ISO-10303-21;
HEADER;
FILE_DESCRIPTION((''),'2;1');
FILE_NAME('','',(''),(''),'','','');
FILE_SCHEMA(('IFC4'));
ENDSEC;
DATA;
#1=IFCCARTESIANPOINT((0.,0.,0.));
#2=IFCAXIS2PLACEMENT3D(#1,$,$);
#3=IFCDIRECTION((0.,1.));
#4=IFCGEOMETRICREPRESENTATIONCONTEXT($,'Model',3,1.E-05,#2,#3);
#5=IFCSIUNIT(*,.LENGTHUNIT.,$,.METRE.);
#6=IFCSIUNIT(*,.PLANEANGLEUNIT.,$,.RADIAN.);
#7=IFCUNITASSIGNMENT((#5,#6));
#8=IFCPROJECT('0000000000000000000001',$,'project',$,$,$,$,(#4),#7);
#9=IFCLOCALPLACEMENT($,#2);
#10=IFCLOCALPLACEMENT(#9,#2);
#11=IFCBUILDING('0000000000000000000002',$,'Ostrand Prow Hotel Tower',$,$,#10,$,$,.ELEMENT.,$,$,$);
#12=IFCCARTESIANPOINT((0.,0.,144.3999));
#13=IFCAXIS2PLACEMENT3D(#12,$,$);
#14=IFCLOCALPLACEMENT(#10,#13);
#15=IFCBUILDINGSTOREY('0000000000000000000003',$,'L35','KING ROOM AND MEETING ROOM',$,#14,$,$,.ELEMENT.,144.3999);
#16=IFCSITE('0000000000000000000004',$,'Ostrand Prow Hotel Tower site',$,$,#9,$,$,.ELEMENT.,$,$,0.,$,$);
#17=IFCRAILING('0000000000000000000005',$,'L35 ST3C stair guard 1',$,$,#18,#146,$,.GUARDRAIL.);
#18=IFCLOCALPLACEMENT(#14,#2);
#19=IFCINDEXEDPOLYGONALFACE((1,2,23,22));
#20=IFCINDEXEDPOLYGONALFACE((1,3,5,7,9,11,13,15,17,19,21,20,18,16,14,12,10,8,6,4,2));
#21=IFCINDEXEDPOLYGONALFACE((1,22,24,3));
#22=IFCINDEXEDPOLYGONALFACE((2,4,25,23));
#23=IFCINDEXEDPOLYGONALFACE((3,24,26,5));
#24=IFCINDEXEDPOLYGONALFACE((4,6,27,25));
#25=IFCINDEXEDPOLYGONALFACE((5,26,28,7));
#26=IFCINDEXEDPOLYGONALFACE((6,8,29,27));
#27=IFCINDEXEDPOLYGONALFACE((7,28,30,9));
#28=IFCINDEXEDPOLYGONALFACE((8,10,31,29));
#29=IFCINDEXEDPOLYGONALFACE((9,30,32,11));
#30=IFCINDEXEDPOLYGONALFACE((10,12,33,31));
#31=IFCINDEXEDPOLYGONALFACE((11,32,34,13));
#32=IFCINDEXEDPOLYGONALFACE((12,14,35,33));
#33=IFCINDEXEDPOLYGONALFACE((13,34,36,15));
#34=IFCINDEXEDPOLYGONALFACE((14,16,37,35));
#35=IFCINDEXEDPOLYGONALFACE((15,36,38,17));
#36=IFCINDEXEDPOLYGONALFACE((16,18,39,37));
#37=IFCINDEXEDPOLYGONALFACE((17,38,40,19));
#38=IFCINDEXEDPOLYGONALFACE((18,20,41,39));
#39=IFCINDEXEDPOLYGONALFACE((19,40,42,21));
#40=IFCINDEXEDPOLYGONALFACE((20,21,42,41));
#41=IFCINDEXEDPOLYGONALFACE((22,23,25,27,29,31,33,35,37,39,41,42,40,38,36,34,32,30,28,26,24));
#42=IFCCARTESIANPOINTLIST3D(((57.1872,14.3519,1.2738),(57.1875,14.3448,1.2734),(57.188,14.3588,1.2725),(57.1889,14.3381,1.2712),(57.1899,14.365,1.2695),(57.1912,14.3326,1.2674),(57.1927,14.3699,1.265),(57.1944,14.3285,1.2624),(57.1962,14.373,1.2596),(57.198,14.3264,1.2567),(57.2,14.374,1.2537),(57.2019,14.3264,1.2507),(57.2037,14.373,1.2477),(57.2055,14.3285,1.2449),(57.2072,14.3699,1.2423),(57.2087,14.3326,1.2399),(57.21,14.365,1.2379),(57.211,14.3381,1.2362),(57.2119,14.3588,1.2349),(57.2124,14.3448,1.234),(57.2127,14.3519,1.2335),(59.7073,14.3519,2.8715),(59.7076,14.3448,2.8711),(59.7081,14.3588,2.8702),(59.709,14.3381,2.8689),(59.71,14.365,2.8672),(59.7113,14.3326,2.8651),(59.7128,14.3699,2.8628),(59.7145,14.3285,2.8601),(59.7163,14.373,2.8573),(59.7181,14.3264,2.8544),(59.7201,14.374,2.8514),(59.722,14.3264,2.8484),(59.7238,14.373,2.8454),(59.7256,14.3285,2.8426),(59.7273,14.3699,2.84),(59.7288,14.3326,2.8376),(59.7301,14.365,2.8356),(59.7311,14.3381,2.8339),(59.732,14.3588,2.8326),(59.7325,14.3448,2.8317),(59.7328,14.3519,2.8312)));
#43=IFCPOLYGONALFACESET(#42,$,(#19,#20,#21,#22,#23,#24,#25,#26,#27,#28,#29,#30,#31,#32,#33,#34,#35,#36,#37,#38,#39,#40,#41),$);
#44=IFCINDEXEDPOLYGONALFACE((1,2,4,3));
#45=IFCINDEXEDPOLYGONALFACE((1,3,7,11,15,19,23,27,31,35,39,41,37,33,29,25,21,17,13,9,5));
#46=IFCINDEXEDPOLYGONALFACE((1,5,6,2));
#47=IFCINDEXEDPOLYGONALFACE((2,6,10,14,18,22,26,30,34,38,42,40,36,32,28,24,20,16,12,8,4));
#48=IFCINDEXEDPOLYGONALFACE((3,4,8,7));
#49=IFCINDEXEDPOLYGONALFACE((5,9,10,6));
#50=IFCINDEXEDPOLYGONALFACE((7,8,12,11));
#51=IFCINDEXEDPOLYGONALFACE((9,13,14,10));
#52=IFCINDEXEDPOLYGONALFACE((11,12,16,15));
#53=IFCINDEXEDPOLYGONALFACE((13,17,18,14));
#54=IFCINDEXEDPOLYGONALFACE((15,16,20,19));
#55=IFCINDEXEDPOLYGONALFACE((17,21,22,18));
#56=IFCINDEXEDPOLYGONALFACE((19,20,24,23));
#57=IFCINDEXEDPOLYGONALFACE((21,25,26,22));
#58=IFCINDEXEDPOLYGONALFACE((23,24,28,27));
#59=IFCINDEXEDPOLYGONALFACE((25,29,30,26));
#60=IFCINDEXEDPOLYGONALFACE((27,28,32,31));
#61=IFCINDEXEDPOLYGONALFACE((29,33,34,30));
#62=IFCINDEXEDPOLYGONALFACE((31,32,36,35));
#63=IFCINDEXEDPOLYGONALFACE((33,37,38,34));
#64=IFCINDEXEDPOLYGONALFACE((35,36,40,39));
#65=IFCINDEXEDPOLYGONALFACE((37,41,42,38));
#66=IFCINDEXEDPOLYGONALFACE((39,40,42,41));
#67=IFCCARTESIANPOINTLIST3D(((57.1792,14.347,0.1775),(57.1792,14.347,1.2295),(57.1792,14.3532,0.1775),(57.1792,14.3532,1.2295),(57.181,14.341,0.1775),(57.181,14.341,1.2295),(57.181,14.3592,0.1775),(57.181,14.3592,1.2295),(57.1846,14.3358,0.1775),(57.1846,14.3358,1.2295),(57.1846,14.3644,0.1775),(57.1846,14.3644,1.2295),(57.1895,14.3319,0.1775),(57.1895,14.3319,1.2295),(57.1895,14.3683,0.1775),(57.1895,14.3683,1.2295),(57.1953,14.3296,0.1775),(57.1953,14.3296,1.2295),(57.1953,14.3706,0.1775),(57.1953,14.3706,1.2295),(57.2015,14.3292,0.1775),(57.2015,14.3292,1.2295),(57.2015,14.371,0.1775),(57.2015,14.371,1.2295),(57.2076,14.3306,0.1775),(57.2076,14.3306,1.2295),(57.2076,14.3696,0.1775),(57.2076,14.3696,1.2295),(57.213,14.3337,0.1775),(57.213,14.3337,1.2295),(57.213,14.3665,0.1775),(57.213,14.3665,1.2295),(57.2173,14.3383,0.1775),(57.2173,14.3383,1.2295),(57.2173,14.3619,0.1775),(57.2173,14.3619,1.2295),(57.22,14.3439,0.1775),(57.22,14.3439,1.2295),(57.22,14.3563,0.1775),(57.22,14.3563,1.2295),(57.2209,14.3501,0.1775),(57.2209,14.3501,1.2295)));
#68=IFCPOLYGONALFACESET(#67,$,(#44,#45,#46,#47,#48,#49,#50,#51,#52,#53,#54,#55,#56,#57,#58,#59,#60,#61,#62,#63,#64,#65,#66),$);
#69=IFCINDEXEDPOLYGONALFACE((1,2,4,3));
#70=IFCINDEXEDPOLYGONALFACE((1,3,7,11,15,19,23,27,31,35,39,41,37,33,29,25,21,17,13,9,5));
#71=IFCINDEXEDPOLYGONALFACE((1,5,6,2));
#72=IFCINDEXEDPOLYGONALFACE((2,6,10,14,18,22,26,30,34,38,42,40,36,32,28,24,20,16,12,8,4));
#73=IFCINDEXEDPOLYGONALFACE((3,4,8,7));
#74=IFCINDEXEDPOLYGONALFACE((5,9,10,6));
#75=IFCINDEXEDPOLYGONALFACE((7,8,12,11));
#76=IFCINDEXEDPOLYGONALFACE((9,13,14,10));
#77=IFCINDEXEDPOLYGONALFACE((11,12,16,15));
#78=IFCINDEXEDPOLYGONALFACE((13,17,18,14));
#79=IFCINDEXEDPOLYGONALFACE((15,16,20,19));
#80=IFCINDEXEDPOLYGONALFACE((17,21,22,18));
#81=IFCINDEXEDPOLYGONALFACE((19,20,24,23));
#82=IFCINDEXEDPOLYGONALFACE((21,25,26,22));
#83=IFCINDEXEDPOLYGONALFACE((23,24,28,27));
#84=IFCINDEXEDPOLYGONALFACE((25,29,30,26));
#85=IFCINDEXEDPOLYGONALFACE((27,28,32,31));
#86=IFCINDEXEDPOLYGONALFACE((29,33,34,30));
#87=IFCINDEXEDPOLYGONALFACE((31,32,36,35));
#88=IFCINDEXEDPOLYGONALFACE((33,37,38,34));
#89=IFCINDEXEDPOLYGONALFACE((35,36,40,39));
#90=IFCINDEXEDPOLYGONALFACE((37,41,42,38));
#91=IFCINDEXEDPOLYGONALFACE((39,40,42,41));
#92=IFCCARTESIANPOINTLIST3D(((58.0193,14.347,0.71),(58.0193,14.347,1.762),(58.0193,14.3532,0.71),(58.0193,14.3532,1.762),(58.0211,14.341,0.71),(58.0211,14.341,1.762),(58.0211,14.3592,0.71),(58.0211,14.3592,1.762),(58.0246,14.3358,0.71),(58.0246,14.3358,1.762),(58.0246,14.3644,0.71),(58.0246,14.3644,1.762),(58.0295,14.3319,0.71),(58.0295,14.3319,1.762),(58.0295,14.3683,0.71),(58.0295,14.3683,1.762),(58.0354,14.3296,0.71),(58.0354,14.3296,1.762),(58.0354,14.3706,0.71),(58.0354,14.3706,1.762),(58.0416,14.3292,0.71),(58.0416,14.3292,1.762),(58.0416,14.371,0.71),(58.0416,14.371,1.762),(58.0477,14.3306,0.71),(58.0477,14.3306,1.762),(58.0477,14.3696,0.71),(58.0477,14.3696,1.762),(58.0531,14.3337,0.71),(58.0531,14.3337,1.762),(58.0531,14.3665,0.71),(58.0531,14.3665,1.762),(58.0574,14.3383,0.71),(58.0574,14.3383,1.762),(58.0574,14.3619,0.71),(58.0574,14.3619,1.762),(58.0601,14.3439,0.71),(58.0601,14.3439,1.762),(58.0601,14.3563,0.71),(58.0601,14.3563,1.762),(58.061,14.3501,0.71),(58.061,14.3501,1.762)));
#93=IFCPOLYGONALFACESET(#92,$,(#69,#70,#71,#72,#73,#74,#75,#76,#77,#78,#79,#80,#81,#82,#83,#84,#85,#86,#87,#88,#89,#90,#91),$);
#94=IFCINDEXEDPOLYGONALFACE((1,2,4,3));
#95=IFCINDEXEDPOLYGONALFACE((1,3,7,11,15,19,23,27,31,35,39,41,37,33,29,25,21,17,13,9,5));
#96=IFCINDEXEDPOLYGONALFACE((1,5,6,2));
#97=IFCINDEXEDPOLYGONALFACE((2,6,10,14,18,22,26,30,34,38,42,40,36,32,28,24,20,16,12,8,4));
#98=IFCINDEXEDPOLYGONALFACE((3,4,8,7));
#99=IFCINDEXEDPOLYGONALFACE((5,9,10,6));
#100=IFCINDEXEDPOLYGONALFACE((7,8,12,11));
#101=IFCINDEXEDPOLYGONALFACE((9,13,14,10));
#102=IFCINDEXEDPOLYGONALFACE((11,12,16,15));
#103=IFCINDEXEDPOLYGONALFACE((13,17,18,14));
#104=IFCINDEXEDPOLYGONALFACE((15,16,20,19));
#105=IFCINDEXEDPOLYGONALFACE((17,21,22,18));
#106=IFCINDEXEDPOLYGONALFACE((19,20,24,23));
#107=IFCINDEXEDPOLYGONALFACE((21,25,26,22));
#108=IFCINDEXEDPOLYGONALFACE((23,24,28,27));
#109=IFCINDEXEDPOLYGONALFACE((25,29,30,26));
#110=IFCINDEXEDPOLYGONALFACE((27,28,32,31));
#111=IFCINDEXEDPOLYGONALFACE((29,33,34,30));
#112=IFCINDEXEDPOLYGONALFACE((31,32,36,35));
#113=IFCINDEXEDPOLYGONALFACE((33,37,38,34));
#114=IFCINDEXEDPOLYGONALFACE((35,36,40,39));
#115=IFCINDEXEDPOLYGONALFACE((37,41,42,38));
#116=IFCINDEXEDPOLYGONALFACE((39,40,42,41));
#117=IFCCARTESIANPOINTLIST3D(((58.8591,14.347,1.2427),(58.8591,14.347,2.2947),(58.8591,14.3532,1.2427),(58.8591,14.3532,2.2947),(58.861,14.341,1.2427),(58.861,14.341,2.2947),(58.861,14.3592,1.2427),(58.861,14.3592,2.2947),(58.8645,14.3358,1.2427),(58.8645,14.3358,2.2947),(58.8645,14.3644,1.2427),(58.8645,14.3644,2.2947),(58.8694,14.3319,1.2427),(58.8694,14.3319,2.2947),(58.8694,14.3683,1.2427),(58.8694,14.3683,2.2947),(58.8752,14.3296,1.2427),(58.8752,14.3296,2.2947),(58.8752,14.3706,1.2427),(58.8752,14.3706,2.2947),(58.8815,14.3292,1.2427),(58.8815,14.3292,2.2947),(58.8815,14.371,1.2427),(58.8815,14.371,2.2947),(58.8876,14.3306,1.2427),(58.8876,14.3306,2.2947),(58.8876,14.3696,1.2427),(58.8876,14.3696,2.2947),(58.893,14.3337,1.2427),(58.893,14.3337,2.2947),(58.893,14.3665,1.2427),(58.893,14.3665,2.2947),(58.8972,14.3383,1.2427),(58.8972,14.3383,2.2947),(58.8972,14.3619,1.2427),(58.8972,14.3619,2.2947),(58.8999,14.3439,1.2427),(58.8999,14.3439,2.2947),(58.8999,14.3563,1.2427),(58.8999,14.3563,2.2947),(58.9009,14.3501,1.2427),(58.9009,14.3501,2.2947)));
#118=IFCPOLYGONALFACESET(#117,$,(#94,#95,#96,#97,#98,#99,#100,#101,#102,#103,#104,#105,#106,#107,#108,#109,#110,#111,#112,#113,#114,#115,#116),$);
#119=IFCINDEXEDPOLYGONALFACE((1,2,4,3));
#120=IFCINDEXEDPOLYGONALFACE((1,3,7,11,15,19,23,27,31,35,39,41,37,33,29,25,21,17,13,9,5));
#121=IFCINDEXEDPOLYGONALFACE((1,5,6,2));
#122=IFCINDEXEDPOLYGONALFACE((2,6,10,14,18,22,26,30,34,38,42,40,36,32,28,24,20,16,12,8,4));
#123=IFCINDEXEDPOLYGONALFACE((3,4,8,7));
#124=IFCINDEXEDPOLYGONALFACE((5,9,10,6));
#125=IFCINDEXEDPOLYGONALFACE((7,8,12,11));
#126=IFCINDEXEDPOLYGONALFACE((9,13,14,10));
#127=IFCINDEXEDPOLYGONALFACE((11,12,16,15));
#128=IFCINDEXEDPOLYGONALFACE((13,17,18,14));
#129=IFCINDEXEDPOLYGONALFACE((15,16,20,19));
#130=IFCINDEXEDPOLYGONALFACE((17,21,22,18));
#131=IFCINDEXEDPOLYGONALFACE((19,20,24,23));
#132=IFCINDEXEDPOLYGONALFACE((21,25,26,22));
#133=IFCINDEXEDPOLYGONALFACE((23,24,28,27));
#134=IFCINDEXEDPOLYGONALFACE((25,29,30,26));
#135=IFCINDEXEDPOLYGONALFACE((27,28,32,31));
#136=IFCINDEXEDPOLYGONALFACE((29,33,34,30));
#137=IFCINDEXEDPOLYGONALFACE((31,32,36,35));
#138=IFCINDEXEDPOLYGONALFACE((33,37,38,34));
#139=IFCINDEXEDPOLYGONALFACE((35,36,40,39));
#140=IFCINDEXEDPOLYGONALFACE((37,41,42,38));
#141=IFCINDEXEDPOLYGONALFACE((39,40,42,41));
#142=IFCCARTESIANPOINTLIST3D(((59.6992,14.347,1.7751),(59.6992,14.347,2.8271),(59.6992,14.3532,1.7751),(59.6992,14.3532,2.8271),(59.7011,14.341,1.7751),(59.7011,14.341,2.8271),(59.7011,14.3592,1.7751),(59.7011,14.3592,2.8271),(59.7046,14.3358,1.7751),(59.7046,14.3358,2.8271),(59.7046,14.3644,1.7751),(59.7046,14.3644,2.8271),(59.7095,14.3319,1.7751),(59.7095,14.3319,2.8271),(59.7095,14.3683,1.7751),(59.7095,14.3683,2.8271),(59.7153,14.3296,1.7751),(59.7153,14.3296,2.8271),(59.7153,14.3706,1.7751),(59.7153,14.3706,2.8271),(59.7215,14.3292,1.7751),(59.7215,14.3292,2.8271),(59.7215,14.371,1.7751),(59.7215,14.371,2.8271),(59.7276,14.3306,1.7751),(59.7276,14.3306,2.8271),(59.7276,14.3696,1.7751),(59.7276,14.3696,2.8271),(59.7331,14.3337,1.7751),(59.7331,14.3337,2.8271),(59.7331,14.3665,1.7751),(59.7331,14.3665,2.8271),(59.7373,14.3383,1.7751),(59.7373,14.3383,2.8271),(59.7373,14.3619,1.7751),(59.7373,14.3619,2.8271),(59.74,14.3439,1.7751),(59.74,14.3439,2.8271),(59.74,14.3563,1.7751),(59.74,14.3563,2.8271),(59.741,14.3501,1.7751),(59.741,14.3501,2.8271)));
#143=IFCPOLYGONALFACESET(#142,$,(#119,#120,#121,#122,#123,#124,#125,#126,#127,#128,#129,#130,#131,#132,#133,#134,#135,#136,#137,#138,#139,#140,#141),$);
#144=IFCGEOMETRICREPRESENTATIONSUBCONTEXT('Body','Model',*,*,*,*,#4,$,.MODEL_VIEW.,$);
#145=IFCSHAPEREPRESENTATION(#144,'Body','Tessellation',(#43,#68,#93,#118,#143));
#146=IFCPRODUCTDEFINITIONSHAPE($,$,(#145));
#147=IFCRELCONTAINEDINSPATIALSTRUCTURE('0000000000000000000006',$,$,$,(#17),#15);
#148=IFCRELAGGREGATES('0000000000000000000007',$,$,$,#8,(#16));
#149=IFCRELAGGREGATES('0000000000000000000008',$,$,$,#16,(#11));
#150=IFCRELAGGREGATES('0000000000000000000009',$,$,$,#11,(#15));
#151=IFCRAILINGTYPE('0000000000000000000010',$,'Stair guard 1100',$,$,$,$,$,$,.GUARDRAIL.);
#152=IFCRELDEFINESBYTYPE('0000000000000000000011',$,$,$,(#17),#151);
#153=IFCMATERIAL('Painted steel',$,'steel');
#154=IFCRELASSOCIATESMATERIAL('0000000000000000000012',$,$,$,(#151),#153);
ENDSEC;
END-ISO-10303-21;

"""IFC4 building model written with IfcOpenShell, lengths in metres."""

from ifc_helpers import new_model, si_unit, direction, frame, origin, origin_2d, place, context, subcontext, project, spatial, circle, extrude, material, type_object, element, save


model = new_model("IFC4")

# Units and contexts
model_context = context("Model", 3, precision=1e-05, world=origin(), true_north=direction((0.0, 1.0)))
body_context = subcontext(model_context, "Body", "Model", "MODEL_VIEW")
ifc_project = project(units=[si_unit("LENGTHUNIT", "METRE"), si_unit("PLANEANGLEUNIT", "RADIAN")], contexts=[model_context])

# Site, building, storey
site_placement = place(None, origin())
site = spatial("IfcSite", under=ifc_project, at=site_placement, Name="Ostrand Prow Hotel Tower site", CompositionType="ELEMENT", RefElevation=0.0)
building_placement = place(site_placement, origin())
building = spatial("IfcBuilding", under=site, at=building_placement, Name="Ostrand Prow Hotel Tower", CompositionType="ELEMENT")
storey_placement = place(building_placement, frame((0.0, 0.0, 144.3999)))
storey = spatial("IfcBuildingStorey", under=building, at=storey_placement, Name="L35", Description="KING ROOM AND MEETING ROOM", CompositionType="ELEMENT", Elevation=144.3999)

# Railing
ifc_material_1 = material(Name="Painted steel", Category="steel")
railing_type_1 = type_object("IfcRailingType", Name="Stair guard 1100", PredefinedType="GUARDRAIL", material=ifc_material_1)
railing_1_placement = place(storey_placement, frame((57.2, 14.3501, 0.1775)))
element("IfcRailing", 1, at=railing_1_placement, inside=storey, type_object=railing_type_1, Name="L35 ST3C stair guard 1", PredefinedType="GUARDRAIL", context=body_context, shape_type="SweptSolid", body=[
    extrude(circle(Radius=0.0239, at=origin_2d()), frame((0.0, 0.0, 1.0762), z_axis=(0.84457, 0.0, 0.535445), x_axis=(0.0, 1.0, 0.0)), (0.0, 0.0, 1.0), 2.9839),
    extrude(circle(Radius=0.021, at=origin_2d()), origin(), (0.0, 0.0, 1.0), 1.052),
    extrude(circle(Radius=0.021, at=origin_2d()), frame((0.8401, 0.0, 0.5325)), (0.0, 0.0, 1.0), 1.052),
    extrude(circle(Radius=0.021, at=origin_2d()), frame((1.6799, 0.0, 1.0652)), (0.0, 0.0, 1.0), 1.052),
    extrude(circle(Radius=0.021, at=origin_2d()), frame((2.52, 0.0, 1.5977)), (0.0, 0.0, 1.0), 1.052),
])

save(model, "model.ifc")
